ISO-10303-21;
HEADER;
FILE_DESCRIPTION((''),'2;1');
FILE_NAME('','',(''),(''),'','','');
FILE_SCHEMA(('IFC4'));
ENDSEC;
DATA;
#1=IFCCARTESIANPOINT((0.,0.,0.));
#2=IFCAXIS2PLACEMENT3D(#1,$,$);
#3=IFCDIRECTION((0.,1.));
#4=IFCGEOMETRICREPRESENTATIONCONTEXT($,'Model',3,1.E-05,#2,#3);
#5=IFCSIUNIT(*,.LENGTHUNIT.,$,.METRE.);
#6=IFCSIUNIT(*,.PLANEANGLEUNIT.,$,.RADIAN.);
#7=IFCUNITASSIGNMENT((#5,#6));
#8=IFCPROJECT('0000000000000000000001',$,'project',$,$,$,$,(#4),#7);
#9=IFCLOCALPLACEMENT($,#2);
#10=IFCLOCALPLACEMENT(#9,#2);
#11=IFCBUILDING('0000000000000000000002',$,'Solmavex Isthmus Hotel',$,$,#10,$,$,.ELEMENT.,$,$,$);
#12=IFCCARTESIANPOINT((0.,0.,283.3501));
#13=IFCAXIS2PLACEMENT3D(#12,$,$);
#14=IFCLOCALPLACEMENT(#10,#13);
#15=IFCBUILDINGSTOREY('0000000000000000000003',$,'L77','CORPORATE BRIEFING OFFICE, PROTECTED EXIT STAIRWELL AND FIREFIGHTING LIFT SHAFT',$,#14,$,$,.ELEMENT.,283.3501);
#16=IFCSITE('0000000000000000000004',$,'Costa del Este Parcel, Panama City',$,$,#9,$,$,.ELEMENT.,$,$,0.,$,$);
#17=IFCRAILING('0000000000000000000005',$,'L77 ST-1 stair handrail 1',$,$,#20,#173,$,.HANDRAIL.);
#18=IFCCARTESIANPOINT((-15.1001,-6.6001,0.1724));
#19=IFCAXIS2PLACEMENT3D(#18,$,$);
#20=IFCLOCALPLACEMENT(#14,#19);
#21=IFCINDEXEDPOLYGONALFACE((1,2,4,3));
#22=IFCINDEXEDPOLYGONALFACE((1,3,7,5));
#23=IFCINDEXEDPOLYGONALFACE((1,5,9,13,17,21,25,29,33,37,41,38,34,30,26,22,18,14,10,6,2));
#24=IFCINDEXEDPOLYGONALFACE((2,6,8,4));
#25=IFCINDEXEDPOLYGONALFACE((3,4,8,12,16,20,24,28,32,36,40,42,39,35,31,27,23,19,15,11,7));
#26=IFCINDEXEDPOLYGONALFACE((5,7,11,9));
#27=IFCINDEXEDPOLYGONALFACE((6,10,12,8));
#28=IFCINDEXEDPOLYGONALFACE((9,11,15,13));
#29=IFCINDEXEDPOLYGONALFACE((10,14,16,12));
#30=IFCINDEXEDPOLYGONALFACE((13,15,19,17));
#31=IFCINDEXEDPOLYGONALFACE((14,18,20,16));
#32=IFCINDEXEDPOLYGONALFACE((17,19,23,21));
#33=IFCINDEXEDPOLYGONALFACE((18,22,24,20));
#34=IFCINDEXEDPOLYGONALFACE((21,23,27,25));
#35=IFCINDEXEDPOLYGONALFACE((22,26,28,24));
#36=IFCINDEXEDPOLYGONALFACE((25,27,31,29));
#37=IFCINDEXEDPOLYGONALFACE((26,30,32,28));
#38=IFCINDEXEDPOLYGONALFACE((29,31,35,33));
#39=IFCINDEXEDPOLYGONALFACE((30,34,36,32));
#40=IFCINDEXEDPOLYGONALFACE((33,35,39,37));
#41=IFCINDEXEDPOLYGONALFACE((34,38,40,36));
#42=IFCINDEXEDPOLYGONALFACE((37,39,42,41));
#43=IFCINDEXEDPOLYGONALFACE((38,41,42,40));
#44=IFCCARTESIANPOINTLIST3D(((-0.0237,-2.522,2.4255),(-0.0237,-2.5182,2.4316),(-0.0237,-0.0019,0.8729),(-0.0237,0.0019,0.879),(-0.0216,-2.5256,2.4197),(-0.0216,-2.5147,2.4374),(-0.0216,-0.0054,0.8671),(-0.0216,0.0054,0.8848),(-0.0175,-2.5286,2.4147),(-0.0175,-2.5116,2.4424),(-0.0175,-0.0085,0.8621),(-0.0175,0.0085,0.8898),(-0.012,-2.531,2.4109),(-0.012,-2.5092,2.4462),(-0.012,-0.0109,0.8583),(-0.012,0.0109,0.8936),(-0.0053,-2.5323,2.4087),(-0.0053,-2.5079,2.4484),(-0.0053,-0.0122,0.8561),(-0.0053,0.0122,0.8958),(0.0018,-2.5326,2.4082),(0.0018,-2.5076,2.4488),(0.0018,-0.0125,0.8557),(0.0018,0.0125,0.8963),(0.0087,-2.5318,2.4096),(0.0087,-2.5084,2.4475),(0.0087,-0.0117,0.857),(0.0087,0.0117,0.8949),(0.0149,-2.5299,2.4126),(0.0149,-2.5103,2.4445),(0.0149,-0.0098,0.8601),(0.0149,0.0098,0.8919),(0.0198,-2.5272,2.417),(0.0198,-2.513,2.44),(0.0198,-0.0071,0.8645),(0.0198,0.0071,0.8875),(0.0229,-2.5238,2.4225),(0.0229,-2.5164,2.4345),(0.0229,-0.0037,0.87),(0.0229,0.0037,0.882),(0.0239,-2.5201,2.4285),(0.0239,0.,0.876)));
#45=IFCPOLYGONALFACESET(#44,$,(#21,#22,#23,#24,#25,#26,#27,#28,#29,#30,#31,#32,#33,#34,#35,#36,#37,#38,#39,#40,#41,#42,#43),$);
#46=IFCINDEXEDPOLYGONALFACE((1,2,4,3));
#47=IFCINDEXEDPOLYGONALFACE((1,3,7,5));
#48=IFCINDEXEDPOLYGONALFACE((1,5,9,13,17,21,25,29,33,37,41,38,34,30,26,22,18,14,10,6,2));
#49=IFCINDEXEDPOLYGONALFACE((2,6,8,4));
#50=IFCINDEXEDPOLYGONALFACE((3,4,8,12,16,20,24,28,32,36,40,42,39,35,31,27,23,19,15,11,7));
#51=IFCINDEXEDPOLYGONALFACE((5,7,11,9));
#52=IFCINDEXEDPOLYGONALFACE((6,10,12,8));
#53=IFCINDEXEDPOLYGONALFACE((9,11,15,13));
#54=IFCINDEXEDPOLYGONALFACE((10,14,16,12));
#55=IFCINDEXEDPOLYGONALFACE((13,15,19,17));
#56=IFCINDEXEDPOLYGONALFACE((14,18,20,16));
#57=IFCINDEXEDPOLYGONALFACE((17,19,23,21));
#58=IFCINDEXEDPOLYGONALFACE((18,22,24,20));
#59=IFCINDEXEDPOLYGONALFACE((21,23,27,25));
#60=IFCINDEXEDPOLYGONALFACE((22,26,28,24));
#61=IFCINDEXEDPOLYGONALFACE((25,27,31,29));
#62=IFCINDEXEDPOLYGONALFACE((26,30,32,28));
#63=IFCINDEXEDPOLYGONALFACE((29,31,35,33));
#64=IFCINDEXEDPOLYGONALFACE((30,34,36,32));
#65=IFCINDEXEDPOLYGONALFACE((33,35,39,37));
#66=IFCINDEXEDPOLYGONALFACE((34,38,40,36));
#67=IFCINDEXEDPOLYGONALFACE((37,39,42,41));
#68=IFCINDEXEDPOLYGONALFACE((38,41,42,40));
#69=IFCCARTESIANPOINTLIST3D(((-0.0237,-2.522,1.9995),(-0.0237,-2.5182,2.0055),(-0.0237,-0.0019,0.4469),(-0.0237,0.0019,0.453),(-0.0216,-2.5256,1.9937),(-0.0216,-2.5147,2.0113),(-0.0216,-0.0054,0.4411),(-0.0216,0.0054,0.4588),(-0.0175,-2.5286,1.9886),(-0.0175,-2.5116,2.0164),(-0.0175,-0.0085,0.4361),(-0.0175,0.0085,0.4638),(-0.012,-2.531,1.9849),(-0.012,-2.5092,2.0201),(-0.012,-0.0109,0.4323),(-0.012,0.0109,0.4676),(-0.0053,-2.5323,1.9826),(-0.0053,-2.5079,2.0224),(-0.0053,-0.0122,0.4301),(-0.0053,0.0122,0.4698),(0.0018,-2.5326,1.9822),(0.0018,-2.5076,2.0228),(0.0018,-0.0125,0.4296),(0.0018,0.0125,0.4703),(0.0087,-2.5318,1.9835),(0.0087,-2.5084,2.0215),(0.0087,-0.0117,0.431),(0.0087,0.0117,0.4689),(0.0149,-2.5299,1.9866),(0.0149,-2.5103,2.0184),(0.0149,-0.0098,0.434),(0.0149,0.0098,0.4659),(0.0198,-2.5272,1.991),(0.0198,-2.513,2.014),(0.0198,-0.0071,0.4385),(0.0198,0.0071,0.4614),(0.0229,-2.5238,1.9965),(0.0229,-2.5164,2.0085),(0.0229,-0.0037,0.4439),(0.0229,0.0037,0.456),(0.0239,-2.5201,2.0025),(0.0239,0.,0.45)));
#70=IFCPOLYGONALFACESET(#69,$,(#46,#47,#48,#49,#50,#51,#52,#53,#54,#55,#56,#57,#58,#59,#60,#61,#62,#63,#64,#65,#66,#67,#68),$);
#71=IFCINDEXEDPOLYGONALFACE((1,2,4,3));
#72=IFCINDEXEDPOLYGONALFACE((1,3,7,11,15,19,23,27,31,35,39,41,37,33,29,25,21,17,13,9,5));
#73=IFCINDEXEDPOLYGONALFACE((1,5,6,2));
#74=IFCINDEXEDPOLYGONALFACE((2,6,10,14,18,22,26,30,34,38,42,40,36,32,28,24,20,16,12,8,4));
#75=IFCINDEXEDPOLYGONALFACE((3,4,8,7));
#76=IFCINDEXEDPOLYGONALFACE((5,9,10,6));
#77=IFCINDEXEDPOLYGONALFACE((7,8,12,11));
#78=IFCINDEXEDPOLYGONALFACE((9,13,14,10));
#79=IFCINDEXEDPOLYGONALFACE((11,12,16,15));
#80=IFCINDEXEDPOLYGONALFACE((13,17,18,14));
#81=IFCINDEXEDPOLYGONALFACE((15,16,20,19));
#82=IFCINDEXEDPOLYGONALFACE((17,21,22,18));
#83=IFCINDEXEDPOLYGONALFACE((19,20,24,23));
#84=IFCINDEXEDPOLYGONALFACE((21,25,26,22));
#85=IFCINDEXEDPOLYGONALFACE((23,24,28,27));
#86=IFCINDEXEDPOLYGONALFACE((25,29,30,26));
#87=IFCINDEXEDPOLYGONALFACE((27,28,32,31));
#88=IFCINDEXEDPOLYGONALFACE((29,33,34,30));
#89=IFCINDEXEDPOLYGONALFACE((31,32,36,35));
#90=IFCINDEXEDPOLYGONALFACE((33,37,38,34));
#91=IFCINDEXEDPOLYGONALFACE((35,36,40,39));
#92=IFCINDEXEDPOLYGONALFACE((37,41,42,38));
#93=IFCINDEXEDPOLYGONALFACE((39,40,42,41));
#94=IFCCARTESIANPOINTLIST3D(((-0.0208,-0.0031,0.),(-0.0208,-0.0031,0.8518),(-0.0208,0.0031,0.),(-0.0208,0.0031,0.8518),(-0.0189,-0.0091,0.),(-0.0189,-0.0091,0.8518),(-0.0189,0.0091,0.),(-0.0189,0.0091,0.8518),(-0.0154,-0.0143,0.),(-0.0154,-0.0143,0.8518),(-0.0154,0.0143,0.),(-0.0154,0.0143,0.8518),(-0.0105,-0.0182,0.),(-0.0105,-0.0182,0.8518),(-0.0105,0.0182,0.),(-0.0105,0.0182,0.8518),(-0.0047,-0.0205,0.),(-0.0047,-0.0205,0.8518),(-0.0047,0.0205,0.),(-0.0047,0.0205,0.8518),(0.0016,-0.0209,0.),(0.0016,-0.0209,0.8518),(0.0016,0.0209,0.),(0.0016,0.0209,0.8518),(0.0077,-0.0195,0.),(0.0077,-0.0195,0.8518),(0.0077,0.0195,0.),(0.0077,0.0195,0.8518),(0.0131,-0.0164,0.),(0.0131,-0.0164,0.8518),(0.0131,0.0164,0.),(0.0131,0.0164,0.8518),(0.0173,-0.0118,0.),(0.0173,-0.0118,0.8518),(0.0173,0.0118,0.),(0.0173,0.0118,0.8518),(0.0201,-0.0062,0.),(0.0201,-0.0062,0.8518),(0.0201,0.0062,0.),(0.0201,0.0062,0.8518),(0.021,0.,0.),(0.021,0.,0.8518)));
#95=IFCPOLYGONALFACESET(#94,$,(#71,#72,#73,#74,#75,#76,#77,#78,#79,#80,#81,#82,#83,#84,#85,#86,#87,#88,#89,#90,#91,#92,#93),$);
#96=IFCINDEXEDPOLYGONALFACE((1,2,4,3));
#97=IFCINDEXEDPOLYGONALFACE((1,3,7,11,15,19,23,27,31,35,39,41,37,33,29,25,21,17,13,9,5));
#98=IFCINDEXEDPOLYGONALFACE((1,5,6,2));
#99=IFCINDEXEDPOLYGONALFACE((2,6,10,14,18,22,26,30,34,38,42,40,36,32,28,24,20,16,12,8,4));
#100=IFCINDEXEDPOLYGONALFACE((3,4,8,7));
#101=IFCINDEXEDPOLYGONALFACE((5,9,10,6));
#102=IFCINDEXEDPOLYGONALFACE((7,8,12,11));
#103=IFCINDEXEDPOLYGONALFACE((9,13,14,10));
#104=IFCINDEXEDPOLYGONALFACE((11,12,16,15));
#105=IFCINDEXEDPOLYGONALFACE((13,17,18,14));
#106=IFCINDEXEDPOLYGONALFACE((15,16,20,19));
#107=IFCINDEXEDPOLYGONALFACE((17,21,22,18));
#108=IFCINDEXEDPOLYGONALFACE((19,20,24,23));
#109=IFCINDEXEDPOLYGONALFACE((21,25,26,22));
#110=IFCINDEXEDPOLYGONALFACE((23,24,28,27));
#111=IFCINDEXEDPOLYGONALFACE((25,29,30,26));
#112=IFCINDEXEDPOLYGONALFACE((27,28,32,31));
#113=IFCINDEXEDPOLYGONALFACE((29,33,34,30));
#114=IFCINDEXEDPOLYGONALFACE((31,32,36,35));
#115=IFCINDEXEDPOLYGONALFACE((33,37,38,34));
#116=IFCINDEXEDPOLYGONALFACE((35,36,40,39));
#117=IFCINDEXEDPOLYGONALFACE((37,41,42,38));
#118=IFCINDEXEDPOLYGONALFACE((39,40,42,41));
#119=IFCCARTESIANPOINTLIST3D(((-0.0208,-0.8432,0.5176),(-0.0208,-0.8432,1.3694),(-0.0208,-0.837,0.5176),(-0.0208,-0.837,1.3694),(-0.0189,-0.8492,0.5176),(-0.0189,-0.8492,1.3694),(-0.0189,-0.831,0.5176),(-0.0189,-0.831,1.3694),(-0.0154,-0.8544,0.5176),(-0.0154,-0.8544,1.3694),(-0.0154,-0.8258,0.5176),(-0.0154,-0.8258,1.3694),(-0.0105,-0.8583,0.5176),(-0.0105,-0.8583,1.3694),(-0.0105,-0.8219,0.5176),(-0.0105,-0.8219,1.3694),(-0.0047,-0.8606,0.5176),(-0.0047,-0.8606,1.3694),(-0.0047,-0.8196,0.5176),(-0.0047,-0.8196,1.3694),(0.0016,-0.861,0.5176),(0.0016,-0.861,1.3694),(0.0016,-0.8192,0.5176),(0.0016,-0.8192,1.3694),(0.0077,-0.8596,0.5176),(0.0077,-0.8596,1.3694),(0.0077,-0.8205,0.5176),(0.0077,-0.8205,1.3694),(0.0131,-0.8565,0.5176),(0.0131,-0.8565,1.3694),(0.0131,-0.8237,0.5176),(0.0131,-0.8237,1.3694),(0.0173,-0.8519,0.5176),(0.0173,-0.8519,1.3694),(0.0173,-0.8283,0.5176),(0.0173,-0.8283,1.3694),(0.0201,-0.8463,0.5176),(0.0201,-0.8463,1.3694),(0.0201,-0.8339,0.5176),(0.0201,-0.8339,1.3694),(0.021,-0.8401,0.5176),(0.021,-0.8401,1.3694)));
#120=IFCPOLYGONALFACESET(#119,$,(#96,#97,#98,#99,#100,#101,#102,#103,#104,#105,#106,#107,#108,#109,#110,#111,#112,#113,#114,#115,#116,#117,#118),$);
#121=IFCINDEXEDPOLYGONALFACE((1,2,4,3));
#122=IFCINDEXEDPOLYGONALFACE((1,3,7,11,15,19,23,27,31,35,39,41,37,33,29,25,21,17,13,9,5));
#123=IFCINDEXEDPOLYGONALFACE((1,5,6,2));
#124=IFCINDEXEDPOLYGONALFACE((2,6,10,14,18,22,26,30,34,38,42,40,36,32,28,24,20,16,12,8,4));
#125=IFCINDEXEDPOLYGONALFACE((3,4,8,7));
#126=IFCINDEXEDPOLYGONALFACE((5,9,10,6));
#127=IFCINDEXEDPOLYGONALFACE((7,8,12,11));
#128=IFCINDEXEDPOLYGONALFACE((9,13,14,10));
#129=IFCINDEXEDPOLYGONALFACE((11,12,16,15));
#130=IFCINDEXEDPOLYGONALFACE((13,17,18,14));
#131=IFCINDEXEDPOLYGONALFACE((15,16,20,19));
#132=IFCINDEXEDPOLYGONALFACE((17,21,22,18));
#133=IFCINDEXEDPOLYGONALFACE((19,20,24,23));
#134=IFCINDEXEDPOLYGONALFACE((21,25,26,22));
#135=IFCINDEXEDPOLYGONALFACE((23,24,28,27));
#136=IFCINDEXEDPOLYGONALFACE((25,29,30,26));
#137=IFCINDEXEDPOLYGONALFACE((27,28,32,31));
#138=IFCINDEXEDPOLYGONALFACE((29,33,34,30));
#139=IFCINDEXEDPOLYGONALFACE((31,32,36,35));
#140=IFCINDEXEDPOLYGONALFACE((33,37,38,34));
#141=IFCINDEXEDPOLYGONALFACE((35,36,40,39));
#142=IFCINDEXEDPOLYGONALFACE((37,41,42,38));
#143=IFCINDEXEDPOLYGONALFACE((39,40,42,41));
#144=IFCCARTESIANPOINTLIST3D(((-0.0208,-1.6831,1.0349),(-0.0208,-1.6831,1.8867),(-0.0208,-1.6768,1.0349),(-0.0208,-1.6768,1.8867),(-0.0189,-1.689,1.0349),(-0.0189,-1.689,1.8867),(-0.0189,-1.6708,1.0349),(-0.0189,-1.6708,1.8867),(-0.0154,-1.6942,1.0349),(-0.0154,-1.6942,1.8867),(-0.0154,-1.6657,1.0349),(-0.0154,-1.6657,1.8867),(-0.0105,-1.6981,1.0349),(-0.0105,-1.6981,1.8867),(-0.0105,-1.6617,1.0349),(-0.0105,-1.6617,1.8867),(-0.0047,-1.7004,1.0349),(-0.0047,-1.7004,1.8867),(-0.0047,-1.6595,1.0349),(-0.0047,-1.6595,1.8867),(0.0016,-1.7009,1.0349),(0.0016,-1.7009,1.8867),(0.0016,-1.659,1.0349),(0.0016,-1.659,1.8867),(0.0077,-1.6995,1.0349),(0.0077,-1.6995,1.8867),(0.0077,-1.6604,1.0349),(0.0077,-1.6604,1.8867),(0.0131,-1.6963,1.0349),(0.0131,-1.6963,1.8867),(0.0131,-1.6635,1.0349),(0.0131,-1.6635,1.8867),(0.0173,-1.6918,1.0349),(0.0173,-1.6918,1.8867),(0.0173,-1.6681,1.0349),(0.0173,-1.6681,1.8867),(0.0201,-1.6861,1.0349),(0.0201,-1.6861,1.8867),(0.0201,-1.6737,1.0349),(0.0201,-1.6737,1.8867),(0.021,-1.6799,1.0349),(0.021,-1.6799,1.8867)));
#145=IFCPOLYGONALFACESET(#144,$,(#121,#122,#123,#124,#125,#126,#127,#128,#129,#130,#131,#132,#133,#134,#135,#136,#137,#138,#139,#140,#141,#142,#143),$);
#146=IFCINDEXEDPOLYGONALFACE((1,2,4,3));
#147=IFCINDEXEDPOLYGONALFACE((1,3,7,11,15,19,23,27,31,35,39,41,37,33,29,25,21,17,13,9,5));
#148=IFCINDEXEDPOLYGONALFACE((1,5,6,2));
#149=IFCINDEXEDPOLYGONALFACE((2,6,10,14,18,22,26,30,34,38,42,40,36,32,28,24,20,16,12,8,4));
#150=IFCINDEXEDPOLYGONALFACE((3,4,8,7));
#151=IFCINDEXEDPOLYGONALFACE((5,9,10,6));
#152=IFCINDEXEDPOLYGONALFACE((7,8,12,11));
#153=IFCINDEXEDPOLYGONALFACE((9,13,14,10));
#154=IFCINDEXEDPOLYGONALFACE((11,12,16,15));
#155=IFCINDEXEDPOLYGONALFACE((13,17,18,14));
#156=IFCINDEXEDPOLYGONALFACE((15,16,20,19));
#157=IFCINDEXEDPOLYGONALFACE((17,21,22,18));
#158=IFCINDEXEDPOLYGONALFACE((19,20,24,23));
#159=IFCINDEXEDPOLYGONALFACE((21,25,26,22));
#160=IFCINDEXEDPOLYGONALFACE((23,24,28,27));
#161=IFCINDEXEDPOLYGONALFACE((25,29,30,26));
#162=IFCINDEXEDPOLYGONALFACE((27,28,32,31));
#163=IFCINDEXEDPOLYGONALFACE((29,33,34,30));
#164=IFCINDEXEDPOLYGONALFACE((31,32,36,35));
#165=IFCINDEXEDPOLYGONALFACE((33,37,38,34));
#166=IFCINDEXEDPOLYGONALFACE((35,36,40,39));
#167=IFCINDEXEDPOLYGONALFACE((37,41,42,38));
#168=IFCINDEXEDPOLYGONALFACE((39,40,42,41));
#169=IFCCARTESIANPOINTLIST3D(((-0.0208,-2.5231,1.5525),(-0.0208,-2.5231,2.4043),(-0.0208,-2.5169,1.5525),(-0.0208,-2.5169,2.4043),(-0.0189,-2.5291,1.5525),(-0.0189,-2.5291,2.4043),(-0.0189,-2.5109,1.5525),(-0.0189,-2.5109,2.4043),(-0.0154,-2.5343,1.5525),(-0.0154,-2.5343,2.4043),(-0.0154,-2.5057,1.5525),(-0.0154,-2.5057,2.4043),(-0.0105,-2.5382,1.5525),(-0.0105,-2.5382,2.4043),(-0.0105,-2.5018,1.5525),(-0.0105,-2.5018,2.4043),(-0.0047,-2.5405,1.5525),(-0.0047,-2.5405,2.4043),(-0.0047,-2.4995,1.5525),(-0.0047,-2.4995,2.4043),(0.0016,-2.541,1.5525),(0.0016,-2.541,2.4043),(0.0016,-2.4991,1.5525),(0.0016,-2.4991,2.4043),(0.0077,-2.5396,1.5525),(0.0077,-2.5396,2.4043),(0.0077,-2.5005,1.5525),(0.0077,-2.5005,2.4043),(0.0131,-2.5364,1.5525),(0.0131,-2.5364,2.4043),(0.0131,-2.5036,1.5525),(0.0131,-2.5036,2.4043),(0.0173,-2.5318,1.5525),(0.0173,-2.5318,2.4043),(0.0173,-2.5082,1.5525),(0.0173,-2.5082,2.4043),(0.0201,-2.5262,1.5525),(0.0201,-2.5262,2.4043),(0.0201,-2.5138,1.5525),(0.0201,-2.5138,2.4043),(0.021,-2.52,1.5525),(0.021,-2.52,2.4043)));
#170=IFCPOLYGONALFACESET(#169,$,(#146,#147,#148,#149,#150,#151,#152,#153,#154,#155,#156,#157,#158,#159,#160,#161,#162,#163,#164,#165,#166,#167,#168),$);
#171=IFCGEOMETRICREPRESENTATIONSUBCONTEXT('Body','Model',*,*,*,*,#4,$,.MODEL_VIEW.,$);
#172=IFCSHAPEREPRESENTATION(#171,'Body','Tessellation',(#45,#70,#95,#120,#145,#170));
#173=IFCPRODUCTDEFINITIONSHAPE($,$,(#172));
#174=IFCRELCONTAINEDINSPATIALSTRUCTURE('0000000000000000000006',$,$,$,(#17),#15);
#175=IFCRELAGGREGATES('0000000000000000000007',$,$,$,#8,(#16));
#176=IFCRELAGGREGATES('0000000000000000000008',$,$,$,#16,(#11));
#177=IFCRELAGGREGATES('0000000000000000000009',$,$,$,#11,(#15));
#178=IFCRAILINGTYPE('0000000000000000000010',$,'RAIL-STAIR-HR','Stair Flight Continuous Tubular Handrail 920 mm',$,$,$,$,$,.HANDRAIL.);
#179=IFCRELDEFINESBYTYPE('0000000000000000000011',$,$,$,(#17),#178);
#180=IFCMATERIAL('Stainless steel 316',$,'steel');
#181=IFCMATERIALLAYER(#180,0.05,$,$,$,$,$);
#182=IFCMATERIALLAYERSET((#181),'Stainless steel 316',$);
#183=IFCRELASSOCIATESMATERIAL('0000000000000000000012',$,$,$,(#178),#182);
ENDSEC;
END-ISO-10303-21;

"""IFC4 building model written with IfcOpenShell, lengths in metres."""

from ifc_helpers import new_model, si_unit, direction, frame, origin, origin_2d, place, context, subcontext, project, spatial, circle, extrude, material, layer, layer_set, type_object, element, save


model = new_model("IFC4")

# Units and contexts
model_context = context("Model", 3, precision=1e-05, world=origin(), true_north=direction((0.0, 1.0)))
body_context = subcontext(model_context, "Body", "Model", "MODEL_VIEW")
ifc_project = project(units=[si_unit("LENGTHUNIT", "METRE"), si_unit("PLANEANGLEUNIT", "RADIAN")], contexts=[model_context])

# Site, building, storey
site_placement = place(None, origin())
site = spatial("IfcSite", under=ifc_project, at=site_placement, Name="Costa del Este Parcel, Panama City", CompositionType="ELEMENT", RefElevation=0.0)
building_placement = place(site_placement, origin())
building = spatial("IfcBuilding", under=site, at=building_placement, Name="Solmavex Isthmus Hotel", CompositionType="ELEMENT")
storey_placement = place(building_placement, frame((0.0, 0.0, 283.3501)))
storey = spatial("IfcBuildingStorey", under=building, at=storey_placement, Name="L77", Description="CORPORATE BRIEFING OFFICE, PROTECTED EXIT STAIRWELL AND FIREFIGHTING LIFT SHAFT", CompositionType="ELEMENT", Elevation=283.3501)

# Shared definitions
ifc_material_1 = material(Name="Stainless steel 316", Category="steel")

# Railing
ifc_layer_1 = layer(ifc_material_1, 0.05)
ifc_layer_set_1 = layer_set([ifc_layer_1], Name="Stainless steel 316")
railing_type_1 = type_object("IfcRailingType", Name="RAIL-STAIR-HR", Description="Stair Flight Continuous Tubular Handrail 920 mm", PredefinedType="HANDRAIL", material=ifc_layer_set_1)
railing_1_placement = place(storey_placement, frame((-15.1001, -6.6001, 0.1724)))
element("IfcRailing", 1, at=railing_1_placement, inside=storey, type_object=railing_type_1, Name="L77 ST-1 stair handrail 1", PredefinedType="HANDRAIL", context=body_context, shape_type="SweptSolid", body=[
    extrude(circle(Radius=0.0239, at=origin_2d()), frame((0.0, 0.0, 0.876), z_axis=(0.0, -0.8514, 0.524516), x_axis=(1.0, 0.0, 0.0)), (0.0, 0.0, 1.0), 2.96),
    extrude(circle(Radius=0.0239, at=origin_2d()), frame((0.0, 0.0, 0.45), z_axis=(0.0, -0.8514, 0.524516), x_axis=(1.0, 0.0, 0.0)), (0.0, 0.0, 1.0), 2.96),
    extrude(circle(Radius=0.021, at=origin_2d()), origin(), (0.0, 0.0, 1.0), 0.8518),
    extrude(circle(Radius=0.021, at=origin_2d()), frame((0.0, -0.8401, 0.5176)), (0.0, 0.0, 1.0), 0.8518),
    extrude(circle(Radius=0.021, at=origin_2d()), frame((0.0, -1.6799, 1.0349)), (0.0, 0.0, 1.0), 0.8518),
    extrude(circle(Radius=0.021, at=origin_2d()), frame((0.0, -2.52, 1.5525)), (0.0, 0.0, 1.0), 0.8518),
])

save(model, "model.ifc")
